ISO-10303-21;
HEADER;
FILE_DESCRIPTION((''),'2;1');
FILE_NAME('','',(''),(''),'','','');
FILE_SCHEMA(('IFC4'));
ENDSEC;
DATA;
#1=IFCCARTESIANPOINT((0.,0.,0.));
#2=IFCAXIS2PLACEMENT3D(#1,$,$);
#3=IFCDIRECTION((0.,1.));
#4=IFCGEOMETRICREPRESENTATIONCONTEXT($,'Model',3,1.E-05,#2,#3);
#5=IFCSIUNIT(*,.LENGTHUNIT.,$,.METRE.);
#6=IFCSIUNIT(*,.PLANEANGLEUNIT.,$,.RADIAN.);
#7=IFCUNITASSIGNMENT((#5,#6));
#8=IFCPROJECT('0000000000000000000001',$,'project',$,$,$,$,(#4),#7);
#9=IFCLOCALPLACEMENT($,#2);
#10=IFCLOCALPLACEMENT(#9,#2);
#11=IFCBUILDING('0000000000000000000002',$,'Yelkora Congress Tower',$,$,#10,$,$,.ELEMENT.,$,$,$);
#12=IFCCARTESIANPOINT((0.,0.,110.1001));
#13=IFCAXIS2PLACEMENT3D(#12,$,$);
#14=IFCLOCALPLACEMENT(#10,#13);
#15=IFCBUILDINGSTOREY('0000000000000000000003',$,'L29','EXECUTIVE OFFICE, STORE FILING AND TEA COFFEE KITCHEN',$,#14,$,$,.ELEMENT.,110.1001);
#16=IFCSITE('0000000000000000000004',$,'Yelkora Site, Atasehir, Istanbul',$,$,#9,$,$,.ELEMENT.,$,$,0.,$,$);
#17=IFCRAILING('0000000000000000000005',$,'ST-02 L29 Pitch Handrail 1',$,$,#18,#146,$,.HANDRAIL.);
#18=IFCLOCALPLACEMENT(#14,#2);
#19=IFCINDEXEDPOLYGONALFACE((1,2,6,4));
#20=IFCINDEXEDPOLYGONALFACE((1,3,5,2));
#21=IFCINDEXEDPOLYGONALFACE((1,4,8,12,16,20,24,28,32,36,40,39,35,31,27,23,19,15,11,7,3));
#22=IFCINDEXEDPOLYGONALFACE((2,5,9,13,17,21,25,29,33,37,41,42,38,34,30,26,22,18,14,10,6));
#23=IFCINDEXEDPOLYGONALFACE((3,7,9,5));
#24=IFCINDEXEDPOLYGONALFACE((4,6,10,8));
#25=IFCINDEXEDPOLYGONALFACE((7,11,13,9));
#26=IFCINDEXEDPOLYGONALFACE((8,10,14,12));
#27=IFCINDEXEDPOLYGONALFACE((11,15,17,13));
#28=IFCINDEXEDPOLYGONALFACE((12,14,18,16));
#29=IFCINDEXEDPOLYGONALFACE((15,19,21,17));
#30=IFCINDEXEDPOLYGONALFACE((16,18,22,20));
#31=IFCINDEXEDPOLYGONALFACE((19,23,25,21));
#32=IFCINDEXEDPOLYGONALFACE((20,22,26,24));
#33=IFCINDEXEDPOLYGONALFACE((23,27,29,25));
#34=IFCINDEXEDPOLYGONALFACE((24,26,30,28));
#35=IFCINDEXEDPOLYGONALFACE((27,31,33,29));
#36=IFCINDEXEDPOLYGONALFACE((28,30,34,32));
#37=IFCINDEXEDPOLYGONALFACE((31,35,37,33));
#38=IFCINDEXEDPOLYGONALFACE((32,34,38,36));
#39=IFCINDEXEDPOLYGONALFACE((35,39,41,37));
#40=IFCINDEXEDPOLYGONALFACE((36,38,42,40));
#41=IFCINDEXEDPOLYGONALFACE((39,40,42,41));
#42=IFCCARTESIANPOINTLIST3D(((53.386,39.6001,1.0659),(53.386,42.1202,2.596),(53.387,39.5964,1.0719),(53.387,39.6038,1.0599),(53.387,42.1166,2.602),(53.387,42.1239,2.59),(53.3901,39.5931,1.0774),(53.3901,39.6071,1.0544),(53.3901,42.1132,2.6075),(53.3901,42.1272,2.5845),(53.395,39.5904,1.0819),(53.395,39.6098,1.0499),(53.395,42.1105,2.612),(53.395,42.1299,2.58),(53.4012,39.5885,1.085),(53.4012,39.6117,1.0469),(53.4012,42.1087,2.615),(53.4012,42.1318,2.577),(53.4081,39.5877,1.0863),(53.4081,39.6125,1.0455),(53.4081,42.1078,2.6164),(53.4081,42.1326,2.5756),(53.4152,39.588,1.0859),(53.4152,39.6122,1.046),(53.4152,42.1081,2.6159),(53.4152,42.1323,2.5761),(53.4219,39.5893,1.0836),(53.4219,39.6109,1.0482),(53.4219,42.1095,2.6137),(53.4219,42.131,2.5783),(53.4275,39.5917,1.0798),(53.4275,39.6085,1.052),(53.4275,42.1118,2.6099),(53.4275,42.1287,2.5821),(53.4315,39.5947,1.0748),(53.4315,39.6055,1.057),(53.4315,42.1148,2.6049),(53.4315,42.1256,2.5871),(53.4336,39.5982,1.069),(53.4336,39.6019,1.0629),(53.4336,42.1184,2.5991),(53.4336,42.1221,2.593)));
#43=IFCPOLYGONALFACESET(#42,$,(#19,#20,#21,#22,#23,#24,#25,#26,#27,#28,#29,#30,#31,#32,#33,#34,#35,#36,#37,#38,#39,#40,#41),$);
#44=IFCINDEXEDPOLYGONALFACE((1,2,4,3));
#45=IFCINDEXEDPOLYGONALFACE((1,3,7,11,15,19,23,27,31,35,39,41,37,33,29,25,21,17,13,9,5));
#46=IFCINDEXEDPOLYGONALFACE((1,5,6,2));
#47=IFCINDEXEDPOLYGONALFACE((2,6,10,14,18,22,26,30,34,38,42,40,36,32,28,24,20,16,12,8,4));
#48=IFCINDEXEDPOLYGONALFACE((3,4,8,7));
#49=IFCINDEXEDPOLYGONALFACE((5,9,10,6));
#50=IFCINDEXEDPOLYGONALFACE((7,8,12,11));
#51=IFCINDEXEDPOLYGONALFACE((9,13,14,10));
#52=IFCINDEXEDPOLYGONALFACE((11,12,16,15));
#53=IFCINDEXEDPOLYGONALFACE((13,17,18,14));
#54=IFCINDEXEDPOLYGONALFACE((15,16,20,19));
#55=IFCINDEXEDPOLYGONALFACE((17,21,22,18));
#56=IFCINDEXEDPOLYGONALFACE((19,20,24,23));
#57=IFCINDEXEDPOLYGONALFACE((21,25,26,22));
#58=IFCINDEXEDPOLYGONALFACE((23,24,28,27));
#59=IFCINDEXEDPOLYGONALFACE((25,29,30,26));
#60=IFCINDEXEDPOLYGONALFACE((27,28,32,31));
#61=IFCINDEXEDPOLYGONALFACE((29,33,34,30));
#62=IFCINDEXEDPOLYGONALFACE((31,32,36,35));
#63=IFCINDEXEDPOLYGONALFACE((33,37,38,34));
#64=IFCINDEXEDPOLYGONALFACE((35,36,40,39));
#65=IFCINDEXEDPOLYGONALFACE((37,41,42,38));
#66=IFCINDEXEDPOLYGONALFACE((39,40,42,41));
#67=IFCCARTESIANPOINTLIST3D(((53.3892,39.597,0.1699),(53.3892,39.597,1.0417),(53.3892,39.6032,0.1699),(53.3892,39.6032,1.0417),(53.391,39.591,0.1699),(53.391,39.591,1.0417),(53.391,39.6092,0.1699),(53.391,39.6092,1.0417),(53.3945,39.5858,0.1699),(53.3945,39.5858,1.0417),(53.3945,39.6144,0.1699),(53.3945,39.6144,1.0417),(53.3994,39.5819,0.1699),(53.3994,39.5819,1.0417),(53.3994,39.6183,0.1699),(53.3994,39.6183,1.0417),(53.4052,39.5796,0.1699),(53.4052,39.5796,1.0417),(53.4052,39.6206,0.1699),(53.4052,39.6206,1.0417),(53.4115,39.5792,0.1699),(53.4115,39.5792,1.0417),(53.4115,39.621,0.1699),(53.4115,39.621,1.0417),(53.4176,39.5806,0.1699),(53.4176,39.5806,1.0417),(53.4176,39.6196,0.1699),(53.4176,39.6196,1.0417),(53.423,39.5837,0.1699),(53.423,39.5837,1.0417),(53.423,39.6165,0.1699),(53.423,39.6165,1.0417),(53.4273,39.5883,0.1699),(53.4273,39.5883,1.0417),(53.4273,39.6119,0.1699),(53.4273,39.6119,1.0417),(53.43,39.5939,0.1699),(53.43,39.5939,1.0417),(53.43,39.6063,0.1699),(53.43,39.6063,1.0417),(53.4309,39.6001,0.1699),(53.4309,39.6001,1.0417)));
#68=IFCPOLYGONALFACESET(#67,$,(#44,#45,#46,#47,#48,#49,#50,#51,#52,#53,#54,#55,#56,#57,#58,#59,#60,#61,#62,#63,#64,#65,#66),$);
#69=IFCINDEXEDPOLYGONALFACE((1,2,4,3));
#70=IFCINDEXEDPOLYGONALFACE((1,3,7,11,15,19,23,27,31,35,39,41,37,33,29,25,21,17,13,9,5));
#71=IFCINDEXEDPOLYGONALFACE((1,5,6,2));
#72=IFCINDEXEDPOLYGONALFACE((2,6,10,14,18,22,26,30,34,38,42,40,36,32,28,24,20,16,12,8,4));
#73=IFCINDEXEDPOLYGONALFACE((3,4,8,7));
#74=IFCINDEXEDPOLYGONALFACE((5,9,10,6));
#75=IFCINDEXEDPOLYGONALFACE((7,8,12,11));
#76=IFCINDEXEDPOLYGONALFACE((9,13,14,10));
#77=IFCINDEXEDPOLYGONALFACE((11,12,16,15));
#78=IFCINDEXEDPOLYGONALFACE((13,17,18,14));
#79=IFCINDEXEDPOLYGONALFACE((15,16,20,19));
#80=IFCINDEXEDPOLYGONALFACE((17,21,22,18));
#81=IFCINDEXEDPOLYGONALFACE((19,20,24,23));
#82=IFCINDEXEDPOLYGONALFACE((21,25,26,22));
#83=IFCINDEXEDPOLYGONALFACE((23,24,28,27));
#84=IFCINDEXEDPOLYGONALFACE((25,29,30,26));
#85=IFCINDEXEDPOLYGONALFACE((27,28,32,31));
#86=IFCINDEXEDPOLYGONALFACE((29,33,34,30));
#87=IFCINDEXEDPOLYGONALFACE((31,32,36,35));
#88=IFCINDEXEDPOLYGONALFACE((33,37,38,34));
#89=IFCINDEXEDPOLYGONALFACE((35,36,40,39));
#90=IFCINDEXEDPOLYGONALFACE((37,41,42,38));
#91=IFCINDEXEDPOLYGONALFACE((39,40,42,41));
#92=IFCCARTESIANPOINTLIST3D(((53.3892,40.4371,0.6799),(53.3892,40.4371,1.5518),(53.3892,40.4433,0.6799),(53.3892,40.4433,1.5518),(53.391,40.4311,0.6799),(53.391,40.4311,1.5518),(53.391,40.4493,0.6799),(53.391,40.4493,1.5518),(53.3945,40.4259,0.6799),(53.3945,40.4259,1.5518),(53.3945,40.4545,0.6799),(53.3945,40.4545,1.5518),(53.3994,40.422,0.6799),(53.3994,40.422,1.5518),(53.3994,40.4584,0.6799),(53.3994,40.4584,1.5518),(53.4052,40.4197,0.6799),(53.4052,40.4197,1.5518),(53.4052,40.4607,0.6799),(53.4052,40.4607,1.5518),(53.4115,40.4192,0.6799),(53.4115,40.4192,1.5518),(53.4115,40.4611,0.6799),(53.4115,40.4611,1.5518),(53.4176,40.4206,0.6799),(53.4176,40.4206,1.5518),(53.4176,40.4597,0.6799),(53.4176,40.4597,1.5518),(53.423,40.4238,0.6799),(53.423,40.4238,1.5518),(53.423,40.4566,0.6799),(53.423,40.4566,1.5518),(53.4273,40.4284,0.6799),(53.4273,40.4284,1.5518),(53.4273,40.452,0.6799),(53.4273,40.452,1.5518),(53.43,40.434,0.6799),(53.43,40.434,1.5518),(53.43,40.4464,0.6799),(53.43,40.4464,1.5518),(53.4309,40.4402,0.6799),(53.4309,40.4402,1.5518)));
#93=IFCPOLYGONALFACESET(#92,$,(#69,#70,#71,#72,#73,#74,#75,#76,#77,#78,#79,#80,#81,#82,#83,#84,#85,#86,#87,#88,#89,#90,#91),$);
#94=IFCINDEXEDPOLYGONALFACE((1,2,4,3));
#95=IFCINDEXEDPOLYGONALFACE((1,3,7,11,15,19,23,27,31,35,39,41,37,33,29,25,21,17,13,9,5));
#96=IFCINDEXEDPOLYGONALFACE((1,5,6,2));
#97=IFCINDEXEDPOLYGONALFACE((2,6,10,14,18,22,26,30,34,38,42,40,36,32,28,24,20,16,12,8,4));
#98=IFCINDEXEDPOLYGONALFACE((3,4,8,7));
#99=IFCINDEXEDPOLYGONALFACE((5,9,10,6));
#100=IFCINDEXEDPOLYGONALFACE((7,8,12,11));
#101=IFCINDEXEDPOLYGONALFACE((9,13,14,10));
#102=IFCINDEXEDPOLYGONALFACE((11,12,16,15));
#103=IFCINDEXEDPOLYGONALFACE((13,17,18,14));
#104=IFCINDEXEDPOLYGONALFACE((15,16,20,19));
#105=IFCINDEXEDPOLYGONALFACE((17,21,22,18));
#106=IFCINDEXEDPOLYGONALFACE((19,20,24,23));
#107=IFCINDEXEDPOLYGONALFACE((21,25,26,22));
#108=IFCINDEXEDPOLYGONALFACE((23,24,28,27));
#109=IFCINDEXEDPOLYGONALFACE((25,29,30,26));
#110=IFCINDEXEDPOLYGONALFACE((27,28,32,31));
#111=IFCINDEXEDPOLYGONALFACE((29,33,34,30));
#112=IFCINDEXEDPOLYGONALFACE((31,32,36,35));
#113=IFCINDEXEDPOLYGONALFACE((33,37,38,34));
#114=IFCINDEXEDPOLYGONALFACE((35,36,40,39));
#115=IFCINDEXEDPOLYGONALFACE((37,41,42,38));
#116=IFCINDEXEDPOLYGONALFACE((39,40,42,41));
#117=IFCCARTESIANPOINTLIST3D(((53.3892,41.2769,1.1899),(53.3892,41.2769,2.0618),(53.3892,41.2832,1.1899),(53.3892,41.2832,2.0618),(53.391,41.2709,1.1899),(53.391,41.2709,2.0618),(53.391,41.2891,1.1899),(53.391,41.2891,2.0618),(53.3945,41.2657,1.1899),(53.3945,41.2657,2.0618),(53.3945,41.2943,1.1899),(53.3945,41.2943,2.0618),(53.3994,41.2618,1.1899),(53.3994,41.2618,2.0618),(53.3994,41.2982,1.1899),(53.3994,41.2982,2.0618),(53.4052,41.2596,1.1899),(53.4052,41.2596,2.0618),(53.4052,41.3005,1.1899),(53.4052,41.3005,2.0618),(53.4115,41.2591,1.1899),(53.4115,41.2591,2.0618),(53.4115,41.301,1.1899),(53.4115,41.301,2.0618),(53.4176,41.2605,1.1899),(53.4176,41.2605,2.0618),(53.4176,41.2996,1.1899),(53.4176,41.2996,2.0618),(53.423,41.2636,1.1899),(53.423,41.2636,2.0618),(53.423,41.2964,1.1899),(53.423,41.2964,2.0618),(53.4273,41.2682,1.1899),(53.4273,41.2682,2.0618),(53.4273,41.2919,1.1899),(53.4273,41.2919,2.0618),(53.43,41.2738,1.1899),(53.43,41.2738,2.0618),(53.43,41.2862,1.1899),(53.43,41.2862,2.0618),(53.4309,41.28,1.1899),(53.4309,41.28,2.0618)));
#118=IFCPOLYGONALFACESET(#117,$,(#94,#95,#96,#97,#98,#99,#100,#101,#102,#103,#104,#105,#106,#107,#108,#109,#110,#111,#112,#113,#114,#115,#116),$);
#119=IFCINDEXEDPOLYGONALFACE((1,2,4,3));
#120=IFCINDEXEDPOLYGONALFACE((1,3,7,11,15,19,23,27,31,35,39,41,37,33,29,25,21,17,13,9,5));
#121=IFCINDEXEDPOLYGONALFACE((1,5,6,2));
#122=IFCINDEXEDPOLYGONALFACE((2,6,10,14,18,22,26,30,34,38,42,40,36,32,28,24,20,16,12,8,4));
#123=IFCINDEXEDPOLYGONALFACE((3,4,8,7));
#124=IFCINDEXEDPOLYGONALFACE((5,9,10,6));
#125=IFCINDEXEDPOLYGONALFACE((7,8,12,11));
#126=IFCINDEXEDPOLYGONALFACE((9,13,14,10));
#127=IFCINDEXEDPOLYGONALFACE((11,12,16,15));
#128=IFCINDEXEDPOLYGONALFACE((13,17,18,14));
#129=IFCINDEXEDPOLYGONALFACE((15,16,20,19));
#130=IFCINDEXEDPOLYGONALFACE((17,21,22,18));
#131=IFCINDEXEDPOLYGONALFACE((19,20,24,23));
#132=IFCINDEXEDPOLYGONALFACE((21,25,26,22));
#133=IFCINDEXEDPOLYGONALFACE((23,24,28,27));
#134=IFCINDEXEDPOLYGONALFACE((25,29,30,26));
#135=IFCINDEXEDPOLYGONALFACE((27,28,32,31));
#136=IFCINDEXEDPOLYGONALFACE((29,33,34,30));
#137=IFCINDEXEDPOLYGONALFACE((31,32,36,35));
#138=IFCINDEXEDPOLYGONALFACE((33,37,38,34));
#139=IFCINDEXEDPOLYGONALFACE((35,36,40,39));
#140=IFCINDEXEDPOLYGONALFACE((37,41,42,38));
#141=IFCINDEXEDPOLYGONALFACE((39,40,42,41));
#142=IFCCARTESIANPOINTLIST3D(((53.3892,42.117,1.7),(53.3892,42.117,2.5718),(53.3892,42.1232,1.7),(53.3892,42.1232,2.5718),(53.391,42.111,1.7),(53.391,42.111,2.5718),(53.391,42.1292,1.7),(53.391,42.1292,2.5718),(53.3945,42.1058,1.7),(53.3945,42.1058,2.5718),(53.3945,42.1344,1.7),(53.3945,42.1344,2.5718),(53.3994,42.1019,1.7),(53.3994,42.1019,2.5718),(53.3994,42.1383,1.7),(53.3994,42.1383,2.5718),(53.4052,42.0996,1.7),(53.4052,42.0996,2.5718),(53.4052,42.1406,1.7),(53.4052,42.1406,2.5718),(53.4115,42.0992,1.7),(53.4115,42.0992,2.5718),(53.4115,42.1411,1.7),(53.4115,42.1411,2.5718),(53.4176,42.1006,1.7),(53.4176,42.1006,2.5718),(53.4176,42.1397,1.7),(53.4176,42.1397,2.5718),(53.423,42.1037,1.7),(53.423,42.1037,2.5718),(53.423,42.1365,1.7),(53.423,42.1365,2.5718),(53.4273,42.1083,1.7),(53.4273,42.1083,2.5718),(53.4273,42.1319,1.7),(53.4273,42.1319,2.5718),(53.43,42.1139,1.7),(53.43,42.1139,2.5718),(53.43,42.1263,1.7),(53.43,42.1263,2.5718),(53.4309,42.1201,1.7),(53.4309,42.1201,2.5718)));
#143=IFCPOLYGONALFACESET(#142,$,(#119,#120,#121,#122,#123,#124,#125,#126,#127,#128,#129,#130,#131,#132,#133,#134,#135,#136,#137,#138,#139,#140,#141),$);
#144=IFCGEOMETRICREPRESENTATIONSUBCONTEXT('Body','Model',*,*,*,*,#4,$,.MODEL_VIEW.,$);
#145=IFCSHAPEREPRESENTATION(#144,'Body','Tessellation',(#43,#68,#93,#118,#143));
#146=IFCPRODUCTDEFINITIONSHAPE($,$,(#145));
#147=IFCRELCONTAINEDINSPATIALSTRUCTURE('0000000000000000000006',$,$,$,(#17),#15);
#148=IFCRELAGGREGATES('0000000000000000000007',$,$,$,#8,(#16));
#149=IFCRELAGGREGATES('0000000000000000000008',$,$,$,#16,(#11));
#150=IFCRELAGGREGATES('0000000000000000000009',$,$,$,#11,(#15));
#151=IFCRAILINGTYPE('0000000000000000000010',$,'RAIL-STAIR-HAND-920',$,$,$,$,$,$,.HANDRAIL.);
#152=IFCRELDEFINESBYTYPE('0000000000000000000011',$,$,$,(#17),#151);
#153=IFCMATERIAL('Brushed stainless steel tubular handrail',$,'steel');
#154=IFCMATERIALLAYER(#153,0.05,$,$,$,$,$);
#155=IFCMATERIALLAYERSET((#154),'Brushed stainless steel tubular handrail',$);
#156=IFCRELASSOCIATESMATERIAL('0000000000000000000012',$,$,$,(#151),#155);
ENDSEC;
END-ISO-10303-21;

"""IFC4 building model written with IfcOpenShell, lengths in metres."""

from ifc_helpers import new_model, si_unit, direction, frame, origin, origin_2d, place, context, subcontext, project, spatial, circle, extrude, material, layer, layer_set, type_object, element, save


model = new_model("IFC4")

# Units and contexts
model_context = context("Model", 3, precision=1e-05, world=origin(), true_north=direction((0.0, 1.0)))
body_context = subcontext(model_context, "Body", "Model", "MODEL_VIEW")
ifc_project = project(units=[si_unit("LENGTHUNIT", "METRE"), si_unit("PLANEANGLEUNIT", "RADIAN")], contexts=[model_context])

# Site, building, storey
site_placement = place(None, origin())
site = spatial("IfcSite", under=ifc_project, at=site_placement, Name="Yelkora Site, Atasehir, Istanbul", CompositionType="ELEMENT", RefElevation=0.0)
building_placement = place(site_placement, origin())
building = spatial("IfcBuilding", under=site, at=building_placement, Name="Yelkora Congress Tower", CompositionType="ELEMENT")
storey_placement = place(building_placement, frame((0.0, 0.0, 110.1001)))
storey = spatial("IfcBuildingStorey", under=building, at=storey_placement, Name="L29", Description="EXECUTIVE OFFICE, STORE FILING AND TEA COFFEE KITCHEN", CompositionType="ELEMENT", Elevation=110.1001)

# Railing
ifc_material_1 = material(Name="Brushed stainless steel tubular handrail", Category="steel")
ifc_layer_1 = layer(ifc_material_1, 0.05)
ifc_layer_set_1 = layer_set([ifc_layer_1], Name="Brushed stainless steel tubular handrail")
railing_type_1 = type_object("IfcRailingType", Name="RAIL-STAIR-HAND-920", PredefinedType="HANDRAIL", material=ifc_layer_set_1)
railing_1_placement = place(storey_placement, frame((53.4099, 39.6001, 0.1699)))
element("IfcRailing", 1, at=railing_1_placement, inside=storey, type_object=railing_type_1, Name="ST-02 L29 Pitch Handrail 1", PredefinedType="HANDRAIL", context=body_context, shape_type="SweptSolid", body=[
    extrude(circle(Radius=0.0239, at=origin_2d()), frame((0.0, 0.0, 0.896), z_axis=(0.0, 0.854785, 0.518982), x_axis=(-1.0, 0.0, 0.0)), (0.0, 0.0, 1.0), 2.9482),
    extrude(circle(Radius=0.021, at=origin_2d()), origin(), (0.0, 0.0, 1.0), 0.8718),
    extrude(circle(Radius=0.021, at=origin_2d()), frame((0.0, 0.8401, 0.51)), (0.0, 0.0, 1.0), 0.8718),
    extrude(circle(Radius=0.021, at=origin_2d()), frame((0.0, 1.6799, 1.02)), (0.0, 0.0, 1.0), 0.8718),
    extrude(circle(Radius=0.021, at=origin_2d()), frame((0.0, 2.52, 1.53)), (0.0, 0.0, 1.0), 0.8718),
])

save(model, "model.ifc")
